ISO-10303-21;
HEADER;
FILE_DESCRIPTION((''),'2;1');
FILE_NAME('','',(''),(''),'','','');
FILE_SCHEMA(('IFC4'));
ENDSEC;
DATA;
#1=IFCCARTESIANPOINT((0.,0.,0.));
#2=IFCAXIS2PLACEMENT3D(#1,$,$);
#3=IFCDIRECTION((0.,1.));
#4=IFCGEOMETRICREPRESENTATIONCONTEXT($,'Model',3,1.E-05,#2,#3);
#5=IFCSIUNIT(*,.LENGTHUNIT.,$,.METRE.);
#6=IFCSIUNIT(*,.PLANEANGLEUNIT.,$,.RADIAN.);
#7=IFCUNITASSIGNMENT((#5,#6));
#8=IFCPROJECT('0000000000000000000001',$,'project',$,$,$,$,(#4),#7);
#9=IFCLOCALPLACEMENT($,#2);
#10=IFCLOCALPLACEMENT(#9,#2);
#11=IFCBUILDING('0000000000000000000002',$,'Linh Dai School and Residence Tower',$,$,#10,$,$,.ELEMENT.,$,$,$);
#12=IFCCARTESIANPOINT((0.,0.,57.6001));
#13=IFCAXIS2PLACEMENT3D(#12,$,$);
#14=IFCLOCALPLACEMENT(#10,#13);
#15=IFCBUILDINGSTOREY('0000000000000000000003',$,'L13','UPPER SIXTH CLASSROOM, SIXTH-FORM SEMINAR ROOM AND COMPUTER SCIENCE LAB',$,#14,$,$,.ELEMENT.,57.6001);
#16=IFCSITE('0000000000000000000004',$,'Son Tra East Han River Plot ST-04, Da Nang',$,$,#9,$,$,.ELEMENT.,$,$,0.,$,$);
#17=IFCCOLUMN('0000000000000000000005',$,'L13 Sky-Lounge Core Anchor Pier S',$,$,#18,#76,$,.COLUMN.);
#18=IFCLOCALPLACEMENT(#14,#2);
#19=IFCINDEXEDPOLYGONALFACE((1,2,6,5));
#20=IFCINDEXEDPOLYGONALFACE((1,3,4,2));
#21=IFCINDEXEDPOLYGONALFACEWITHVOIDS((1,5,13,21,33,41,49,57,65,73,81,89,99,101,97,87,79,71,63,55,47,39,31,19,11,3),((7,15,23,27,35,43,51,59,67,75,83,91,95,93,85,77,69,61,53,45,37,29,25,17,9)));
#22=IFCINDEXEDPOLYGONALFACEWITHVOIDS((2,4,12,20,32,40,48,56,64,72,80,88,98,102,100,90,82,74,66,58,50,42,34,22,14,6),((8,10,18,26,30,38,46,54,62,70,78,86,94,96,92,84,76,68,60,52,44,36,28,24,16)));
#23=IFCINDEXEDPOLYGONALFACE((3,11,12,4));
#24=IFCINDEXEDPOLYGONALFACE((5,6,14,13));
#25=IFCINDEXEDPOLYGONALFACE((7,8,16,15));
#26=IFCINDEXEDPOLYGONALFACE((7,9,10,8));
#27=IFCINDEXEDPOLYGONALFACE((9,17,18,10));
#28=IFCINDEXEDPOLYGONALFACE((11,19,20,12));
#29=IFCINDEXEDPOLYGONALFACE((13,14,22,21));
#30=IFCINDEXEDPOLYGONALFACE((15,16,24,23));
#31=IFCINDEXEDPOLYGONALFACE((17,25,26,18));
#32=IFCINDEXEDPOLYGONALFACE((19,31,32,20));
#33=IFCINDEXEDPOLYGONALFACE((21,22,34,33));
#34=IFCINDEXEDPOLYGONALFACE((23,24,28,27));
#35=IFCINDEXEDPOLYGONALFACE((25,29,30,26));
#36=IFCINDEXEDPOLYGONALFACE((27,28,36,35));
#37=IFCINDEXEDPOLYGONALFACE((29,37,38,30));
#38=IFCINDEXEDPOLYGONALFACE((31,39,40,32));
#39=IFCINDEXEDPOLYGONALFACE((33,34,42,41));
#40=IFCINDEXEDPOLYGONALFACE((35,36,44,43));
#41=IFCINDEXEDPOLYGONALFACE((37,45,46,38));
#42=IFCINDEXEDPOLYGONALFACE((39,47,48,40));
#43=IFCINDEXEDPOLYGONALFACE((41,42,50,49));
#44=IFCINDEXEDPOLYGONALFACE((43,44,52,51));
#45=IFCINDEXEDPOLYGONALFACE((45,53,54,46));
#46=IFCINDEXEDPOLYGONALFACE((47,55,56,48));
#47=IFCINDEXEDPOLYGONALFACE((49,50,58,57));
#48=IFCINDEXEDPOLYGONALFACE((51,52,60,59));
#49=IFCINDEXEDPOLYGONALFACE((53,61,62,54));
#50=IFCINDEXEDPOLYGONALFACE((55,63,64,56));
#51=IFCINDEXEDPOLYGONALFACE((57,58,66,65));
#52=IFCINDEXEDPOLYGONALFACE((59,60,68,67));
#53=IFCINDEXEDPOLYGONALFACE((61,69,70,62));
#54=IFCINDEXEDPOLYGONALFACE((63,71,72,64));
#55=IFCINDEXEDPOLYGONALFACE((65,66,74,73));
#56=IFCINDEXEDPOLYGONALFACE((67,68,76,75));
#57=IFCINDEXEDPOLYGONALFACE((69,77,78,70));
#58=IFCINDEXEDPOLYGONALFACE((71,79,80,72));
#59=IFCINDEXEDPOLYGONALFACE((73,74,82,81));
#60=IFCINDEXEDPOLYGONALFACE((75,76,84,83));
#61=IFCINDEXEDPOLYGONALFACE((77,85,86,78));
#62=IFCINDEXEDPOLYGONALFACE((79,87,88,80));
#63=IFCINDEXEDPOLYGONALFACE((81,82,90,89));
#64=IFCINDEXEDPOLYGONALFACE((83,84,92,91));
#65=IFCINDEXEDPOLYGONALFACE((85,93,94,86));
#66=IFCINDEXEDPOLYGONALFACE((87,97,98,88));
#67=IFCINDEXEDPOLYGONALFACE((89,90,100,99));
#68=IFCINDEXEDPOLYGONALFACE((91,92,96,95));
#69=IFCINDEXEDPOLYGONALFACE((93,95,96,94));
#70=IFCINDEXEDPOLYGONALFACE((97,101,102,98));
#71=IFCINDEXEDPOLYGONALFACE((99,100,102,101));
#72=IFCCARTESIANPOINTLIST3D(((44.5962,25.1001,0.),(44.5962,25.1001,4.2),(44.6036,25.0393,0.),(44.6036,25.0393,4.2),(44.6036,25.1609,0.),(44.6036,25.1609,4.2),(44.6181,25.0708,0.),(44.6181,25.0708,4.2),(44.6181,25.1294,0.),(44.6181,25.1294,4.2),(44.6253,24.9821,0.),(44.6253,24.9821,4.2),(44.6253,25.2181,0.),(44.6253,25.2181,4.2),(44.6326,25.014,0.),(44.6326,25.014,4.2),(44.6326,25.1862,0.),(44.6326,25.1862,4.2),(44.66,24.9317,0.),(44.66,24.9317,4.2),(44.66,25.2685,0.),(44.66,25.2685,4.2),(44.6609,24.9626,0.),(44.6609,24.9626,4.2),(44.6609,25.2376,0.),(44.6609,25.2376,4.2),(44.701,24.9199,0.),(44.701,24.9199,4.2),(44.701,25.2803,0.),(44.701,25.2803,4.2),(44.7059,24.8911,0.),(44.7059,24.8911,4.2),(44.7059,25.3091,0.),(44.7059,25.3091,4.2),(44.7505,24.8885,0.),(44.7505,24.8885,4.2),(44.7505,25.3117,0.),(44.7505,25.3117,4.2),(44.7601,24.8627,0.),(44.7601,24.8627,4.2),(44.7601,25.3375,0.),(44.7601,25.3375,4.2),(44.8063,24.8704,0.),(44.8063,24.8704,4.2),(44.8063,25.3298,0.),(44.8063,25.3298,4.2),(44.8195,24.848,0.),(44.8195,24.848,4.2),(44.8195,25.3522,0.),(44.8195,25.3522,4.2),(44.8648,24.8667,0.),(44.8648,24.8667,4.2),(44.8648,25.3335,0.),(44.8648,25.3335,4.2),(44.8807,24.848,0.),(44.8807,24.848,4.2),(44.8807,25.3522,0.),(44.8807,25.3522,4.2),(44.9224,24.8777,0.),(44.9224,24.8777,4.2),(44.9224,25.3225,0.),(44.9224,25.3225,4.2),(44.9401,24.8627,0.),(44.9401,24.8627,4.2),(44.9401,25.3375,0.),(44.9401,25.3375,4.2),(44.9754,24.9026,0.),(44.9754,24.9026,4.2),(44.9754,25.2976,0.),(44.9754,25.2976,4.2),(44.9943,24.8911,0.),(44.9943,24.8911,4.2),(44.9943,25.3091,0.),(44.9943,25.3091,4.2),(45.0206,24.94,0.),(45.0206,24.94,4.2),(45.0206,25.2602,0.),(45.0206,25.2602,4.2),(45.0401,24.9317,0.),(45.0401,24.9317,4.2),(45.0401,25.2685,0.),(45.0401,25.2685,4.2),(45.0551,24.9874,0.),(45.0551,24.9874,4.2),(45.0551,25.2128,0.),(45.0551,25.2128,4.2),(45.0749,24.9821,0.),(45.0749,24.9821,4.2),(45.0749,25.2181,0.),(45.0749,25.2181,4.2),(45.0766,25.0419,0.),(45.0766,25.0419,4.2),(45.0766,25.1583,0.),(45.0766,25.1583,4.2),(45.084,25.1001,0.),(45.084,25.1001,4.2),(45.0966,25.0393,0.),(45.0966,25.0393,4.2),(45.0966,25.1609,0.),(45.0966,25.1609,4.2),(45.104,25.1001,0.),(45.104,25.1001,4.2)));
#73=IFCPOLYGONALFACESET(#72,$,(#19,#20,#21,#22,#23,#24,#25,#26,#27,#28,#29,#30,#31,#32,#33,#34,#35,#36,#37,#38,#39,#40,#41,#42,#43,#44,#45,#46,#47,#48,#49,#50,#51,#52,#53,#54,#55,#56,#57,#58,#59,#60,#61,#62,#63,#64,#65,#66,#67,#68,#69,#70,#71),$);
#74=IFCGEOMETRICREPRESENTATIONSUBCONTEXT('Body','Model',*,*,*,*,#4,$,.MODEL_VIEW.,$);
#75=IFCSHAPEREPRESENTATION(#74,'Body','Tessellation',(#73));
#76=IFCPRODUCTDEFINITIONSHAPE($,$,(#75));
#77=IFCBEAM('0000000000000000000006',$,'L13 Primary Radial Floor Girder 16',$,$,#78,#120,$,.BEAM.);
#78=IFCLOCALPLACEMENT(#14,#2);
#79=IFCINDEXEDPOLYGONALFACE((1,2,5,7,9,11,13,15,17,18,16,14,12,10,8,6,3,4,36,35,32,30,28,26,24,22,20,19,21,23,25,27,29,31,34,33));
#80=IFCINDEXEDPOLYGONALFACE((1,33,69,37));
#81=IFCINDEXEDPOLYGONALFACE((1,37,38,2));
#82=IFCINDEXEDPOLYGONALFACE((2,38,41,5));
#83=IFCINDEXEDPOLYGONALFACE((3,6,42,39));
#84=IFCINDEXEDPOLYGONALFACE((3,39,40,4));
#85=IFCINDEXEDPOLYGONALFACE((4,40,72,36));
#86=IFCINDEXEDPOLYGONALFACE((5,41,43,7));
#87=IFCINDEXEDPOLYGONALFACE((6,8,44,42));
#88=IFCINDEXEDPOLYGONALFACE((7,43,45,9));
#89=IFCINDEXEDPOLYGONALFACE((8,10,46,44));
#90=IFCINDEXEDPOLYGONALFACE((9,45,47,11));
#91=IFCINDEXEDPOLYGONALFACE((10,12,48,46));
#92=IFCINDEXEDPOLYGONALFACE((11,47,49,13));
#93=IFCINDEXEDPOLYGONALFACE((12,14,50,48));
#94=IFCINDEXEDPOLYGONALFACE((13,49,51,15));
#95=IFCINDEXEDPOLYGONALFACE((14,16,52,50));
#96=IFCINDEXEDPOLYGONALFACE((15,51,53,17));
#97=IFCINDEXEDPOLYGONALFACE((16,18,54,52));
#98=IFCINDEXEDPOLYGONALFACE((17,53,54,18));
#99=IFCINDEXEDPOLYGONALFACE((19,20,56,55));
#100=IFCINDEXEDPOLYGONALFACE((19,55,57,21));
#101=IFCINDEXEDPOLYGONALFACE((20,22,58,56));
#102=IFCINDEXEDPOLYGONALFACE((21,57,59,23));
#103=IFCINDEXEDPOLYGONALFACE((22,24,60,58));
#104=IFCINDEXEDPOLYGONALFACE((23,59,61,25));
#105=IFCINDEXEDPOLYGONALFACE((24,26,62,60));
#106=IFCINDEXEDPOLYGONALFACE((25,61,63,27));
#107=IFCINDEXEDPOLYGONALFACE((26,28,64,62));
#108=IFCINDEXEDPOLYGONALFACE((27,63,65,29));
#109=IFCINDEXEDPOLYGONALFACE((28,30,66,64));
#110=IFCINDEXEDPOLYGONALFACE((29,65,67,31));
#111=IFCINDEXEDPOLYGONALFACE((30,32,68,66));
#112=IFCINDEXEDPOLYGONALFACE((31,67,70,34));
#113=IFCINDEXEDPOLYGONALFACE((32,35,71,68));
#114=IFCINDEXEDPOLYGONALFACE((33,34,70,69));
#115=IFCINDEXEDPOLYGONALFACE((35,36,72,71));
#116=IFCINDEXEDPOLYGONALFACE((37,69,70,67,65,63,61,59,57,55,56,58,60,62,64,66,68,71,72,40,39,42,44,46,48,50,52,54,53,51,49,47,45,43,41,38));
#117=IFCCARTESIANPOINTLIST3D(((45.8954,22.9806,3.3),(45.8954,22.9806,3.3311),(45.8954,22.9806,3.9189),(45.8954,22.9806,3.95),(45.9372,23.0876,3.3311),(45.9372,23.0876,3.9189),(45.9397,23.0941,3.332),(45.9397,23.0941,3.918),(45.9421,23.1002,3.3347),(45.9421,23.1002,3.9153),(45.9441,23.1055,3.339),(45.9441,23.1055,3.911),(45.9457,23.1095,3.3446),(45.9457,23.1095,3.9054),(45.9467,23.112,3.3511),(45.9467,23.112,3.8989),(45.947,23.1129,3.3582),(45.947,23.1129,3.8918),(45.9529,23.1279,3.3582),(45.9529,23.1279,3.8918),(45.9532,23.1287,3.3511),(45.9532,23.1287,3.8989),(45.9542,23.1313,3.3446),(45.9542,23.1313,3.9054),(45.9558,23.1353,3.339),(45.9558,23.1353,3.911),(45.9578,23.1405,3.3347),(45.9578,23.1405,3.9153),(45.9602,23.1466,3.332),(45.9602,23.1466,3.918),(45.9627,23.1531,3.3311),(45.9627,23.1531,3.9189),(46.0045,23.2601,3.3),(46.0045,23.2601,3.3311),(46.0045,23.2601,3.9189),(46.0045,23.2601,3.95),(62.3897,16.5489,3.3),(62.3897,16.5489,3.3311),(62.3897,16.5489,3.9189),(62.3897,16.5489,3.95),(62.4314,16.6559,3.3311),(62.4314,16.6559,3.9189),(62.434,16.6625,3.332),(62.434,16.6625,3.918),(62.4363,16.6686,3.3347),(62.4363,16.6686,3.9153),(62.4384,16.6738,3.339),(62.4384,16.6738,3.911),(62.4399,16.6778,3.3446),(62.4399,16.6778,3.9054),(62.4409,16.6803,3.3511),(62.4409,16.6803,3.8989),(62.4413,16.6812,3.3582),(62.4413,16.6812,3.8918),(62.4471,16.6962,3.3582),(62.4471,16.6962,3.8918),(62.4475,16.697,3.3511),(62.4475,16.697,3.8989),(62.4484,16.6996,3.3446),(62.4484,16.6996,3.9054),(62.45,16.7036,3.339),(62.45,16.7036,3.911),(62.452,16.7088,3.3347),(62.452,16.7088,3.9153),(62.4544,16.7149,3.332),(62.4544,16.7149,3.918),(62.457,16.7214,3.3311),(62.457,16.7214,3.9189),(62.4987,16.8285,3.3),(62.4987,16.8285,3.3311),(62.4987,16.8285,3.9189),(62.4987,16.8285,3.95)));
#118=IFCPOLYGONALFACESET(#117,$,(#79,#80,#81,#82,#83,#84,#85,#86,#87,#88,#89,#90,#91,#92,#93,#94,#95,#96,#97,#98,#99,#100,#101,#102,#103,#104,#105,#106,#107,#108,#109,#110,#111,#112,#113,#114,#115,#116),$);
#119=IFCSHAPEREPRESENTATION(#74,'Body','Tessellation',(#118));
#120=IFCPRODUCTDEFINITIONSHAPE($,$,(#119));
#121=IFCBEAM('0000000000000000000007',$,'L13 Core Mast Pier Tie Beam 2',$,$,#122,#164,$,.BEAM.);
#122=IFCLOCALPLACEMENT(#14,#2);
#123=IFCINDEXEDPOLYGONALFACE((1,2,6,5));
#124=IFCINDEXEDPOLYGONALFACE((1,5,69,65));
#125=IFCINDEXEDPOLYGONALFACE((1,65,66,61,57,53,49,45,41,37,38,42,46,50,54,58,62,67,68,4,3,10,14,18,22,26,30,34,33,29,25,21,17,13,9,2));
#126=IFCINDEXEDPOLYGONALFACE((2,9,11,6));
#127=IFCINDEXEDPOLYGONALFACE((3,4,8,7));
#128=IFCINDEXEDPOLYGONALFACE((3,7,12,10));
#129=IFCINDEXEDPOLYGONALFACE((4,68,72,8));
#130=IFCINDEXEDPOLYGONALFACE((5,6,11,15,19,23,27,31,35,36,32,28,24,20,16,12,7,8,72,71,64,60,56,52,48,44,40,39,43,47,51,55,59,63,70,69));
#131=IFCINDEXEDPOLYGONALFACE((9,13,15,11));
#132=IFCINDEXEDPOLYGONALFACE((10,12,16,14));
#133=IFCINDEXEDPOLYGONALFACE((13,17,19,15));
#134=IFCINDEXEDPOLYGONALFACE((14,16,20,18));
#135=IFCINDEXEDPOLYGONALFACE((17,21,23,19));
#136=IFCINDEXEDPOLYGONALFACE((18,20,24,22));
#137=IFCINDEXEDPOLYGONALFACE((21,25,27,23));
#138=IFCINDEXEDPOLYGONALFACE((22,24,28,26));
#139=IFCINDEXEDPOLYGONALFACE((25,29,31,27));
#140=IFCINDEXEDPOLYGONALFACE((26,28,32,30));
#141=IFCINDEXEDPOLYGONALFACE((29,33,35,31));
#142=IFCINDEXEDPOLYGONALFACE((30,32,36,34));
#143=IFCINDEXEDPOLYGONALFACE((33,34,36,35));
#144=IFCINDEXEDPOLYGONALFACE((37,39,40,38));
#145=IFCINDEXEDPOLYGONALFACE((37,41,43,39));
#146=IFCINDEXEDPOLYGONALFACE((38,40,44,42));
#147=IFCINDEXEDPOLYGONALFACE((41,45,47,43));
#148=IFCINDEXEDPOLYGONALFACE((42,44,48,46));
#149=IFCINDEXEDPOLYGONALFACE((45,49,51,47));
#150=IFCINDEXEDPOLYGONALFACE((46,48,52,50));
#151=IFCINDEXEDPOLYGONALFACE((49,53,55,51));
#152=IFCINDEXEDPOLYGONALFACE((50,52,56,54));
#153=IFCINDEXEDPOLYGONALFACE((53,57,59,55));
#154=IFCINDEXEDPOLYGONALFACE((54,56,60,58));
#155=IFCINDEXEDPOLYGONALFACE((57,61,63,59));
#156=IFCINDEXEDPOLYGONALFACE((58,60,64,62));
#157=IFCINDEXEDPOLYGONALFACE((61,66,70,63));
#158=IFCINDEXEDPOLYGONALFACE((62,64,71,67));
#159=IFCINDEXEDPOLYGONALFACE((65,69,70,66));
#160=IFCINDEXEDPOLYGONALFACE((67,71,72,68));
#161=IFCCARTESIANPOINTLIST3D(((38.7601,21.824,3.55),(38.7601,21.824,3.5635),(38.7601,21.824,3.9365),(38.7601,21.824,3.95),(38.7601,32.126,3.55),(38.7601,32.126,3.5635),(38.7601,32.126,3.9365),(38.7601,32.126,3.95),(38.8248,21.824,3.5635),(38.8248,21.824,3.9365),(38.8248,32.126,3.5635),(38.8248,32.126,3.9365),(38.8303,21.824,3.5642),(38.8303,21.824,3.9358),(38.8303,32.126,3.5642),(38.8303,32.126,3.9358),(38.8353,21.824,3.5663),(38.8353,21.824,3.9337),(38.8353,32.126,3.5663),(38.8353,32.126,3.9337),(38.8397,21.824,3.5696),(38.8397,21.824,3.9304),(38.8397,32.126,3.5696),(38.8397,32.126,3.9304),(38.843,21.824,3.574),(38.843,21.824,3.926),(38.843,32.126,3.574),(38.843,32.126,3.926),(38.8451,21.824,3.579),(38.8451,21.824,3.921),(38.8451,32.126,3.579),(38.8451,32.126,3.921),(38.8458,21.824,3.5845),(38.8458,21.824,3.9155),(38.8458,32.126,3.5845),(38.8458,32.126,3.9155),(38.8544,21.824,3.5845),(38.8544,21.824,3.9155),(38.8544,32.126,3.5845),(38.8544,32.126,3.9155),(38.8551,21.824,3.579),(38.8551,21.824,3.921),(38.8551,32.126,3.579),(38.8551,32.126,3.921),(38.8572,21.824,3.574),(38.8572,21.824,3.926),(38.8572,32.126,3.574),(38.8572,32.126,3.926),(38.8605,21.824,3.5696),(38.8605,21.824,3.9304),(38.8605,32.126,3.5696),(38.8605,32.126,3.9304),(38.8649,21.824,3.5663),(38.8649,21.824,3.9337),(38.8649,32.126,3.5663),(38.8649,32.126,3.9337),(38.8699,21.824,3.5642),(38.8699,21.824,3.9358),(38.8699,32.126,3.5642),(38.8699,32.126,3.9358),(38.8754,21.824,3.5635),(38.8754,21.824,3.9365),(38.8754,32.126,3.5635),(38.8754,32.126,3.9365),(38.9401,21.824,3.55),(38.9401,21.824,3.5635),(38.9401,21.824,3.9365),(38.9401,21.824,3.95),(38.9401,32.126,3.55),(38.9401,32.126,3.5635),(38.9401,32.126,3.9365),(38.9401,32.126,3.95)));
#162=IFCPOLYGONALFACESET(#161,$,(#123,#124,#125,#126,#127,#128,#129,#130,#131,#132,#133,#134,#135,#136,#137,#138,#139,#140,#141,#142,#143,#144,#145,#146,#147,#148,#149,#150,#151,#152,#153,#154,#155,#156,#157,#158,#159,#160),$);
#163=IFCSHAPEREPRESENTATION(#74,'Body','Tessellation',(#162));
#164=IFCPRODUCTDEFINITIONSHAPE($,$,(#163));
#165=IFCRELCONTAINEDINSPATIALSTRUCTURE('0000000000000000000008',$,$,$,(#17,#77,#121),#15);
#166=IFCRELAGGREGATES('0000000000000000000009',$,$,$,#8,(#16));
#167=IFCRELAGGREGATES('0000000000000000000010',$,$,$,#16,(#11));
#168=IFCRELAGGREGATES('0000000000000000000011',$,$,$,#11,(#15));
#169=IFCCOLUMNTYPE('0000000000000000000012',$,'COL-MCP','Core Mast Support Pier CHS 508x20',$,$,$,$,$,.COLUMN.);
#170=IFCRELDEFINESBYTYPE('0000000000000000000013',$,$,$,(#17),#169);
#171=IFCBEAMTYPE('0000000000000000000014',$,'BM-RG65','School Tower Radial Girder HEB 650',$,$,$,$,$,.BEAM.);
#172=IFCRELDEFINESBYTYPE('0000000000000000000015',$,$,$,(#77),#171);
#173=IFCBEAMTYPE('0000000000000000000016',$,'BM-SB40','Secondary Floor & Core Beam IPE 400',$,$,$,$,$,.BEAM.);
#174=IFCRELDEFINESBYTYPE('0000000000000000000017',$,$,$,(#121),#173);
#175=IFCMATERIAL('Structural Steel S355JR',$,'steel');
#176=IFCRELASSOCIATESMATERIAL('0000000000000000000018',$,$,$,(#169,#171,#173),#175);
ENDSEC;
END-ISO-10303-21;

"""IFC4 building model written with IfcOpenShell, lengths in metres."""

from ifc_helpers import new_model, si_unit, direction, frame, origin, origin_2d, place, context, subcontext, project, spatial, hollow_circle, i_section, extrude, material, material_profile, profile_set, type_object, element, save


model = new_model("IFC4")

# Units and contexts
model_context = context("Model", 3, precision=1e-05, world=origin(), true_north=direction((0.0, 1.0)))
body_context = subcontext(model_context, "Body", "Model", "MODEL_VIEW")
ifc_project = project(units=[si_unit("LENGTHUNIT", "METRE"), si_unit("PLANEANGLEUNIT", "RADIAN")], contexts=[model_context])

# Site, building, storey
site_placement = place(None, origin())
site = spatial("IfcSite", under=ifc_project, at=site_placement, Name="Son Tra East Han River Plot ST-04, Da Nang", CompositionType="ELEMENT", RefElevation=0.0)
building_placement = place(site_placement, origin())
building = spatial("IfcBuilding", under=site, at=building_placement, Name="Linh Dai School and Residence Tower", CompositionType="ELEMENT")
storey_placement = place(building_placement, frame((0.0, 0.0, 57.6001)))
storey = spatial("IfcBuildingStorey", under=building, at=storey_placement, Name="L13", Description="UPPER SIXTH CLASSROOM, SIXTH-FORM SEMINAR ROOM AND COMPUTER SCIENCE LAB", CompositionType="ELEMENT", Elevation=57.6001)

# Column
ifc_material_1 = material(Name="Structural Steel S355JR", Category="steel")
ifc_material_profile_1 = material_profile(ifc_material_1, hollow_circle(Radius=0.2539, WallThickness=0.02, at=origin_2d()), Name="CHS 508x20")
ifc_profile_set_1 = profile_set([ifc_material_profile_1], Name="Structural Steel S355JR")
column_type_1 = type_object("IfcColumnType", Name="COL-MCP", Description="Core Mast Support Pier CHS 508x20", PredefinedType="COLUMN", material=ifc_profile_set_1)
for number, where, z_axis, x_axis, name in (
    (1, (44.8501, 25.1001, 0.0), (0.0, 0.0, 1.0), (1.0, 0.0, 0.0), "L13 Sky-Lounge Core Anchor Pier S"),
):
    element("IfcColumn", number, at=place(storey_placement, frame(where, z_axis=z_axis, x_axis=x_axis)), inside=storey, type_object=column_type_1, Name=name, PredefinedType="COLUMN", context=body_context, shape_type="SweptSolid", body=[
        extrude(hollow_circle(Radius=0.2539, WallThickness=0.02, at=origin_2d()), origin(), (0.0, 0.0, 1.0), 4.2),
    ])

# Beams
ifc_material_profile_2 = material_profile(ifc_material_1, i_section(OverallWidth=0.3, OverallDepth=0.6499, WebThickness=0.0161, FlangeThickness=0.031, FilletRadius=0.0271, at=origin_2d()), Name="HEB 650")
ifc_profile_set_2 = profile_set([ifc_material_profile_2], Name="Structural Steel S355JR")
beam_type_1 = type_object("IfcBeamType", Name="BM-RG65", Description="School Tower Radial Girder HEB 650", PredefinedType="BEAM", material=ifc_profile_set_2)
beam_1_placement = place(storey_placement, frame((45.95, 23.1204, 3.625), z_axis=(0.931675, -0.363293, 0.0), x_axis=(0.363293, 0.931675, 0.0)))
element("IfcBeam", 2, at=beam_1_placement, inside=storey, type_object=beam_type_1, Name="L13 Primary Radial Floor Girder 16", PredefinedType="BEAM", context=body_context, shape_type="SweptSolid", body=[
    extrude(i_section(OverallWidth=0.3, OverallDepth=0.6499, WebThickness=0.0161, FlangeThickness=0.031, FilletRadius=0.0271, at=origin_2d()), origin(), (0.0, 0.0, 1.0), 17.7039),
])
ifc_material_profile_3 = material_profile(ifc_material_1, i_section(OverallWidth=0.1799, OverallDepth=0.3999, WebThickness=0.0085, FlangeThickness=0.0134, FilletRadius=0.021, at=origin_2d()), Name="IPE 400")
ifc_profile_set_3 = profile_set([ifc_material_profile_3], Name="Structural Steel S355JR")
beam_type_2 = type_object("IfcBeamType", Name="BM-SB40", Description="Secondary Floor & Core Beam IPE 400", PredefinedType="BEAM", material=ifc_profile_set_3)
beam_2_placement = place(storey_placement, frame((38.8501, 21.824, 3.75), z_axis=(0.0, 1.0, 0.0), x_axis=(-1.0, 0.0, 0.0)))
element("IfcBeam", 3, at=beam_2_placement, inside=storey, type_object=beam_type_2, Name="L13 Core Mast Pier Tie Beam 2", PredefinedType="BEAM", context=body_context, shape_type="SweptSolid", body=[
    extrude(i_section(OverallWidth=0.1799, OverallDepth=0.3999, WebThickness=0.0085, FlangeThickness=0.0134, FilletRadius=0.021, at=origin_2d()), origin(), (0.0, 0.0, 1.0), 10.302),
])

save(model, "model.ifc")
